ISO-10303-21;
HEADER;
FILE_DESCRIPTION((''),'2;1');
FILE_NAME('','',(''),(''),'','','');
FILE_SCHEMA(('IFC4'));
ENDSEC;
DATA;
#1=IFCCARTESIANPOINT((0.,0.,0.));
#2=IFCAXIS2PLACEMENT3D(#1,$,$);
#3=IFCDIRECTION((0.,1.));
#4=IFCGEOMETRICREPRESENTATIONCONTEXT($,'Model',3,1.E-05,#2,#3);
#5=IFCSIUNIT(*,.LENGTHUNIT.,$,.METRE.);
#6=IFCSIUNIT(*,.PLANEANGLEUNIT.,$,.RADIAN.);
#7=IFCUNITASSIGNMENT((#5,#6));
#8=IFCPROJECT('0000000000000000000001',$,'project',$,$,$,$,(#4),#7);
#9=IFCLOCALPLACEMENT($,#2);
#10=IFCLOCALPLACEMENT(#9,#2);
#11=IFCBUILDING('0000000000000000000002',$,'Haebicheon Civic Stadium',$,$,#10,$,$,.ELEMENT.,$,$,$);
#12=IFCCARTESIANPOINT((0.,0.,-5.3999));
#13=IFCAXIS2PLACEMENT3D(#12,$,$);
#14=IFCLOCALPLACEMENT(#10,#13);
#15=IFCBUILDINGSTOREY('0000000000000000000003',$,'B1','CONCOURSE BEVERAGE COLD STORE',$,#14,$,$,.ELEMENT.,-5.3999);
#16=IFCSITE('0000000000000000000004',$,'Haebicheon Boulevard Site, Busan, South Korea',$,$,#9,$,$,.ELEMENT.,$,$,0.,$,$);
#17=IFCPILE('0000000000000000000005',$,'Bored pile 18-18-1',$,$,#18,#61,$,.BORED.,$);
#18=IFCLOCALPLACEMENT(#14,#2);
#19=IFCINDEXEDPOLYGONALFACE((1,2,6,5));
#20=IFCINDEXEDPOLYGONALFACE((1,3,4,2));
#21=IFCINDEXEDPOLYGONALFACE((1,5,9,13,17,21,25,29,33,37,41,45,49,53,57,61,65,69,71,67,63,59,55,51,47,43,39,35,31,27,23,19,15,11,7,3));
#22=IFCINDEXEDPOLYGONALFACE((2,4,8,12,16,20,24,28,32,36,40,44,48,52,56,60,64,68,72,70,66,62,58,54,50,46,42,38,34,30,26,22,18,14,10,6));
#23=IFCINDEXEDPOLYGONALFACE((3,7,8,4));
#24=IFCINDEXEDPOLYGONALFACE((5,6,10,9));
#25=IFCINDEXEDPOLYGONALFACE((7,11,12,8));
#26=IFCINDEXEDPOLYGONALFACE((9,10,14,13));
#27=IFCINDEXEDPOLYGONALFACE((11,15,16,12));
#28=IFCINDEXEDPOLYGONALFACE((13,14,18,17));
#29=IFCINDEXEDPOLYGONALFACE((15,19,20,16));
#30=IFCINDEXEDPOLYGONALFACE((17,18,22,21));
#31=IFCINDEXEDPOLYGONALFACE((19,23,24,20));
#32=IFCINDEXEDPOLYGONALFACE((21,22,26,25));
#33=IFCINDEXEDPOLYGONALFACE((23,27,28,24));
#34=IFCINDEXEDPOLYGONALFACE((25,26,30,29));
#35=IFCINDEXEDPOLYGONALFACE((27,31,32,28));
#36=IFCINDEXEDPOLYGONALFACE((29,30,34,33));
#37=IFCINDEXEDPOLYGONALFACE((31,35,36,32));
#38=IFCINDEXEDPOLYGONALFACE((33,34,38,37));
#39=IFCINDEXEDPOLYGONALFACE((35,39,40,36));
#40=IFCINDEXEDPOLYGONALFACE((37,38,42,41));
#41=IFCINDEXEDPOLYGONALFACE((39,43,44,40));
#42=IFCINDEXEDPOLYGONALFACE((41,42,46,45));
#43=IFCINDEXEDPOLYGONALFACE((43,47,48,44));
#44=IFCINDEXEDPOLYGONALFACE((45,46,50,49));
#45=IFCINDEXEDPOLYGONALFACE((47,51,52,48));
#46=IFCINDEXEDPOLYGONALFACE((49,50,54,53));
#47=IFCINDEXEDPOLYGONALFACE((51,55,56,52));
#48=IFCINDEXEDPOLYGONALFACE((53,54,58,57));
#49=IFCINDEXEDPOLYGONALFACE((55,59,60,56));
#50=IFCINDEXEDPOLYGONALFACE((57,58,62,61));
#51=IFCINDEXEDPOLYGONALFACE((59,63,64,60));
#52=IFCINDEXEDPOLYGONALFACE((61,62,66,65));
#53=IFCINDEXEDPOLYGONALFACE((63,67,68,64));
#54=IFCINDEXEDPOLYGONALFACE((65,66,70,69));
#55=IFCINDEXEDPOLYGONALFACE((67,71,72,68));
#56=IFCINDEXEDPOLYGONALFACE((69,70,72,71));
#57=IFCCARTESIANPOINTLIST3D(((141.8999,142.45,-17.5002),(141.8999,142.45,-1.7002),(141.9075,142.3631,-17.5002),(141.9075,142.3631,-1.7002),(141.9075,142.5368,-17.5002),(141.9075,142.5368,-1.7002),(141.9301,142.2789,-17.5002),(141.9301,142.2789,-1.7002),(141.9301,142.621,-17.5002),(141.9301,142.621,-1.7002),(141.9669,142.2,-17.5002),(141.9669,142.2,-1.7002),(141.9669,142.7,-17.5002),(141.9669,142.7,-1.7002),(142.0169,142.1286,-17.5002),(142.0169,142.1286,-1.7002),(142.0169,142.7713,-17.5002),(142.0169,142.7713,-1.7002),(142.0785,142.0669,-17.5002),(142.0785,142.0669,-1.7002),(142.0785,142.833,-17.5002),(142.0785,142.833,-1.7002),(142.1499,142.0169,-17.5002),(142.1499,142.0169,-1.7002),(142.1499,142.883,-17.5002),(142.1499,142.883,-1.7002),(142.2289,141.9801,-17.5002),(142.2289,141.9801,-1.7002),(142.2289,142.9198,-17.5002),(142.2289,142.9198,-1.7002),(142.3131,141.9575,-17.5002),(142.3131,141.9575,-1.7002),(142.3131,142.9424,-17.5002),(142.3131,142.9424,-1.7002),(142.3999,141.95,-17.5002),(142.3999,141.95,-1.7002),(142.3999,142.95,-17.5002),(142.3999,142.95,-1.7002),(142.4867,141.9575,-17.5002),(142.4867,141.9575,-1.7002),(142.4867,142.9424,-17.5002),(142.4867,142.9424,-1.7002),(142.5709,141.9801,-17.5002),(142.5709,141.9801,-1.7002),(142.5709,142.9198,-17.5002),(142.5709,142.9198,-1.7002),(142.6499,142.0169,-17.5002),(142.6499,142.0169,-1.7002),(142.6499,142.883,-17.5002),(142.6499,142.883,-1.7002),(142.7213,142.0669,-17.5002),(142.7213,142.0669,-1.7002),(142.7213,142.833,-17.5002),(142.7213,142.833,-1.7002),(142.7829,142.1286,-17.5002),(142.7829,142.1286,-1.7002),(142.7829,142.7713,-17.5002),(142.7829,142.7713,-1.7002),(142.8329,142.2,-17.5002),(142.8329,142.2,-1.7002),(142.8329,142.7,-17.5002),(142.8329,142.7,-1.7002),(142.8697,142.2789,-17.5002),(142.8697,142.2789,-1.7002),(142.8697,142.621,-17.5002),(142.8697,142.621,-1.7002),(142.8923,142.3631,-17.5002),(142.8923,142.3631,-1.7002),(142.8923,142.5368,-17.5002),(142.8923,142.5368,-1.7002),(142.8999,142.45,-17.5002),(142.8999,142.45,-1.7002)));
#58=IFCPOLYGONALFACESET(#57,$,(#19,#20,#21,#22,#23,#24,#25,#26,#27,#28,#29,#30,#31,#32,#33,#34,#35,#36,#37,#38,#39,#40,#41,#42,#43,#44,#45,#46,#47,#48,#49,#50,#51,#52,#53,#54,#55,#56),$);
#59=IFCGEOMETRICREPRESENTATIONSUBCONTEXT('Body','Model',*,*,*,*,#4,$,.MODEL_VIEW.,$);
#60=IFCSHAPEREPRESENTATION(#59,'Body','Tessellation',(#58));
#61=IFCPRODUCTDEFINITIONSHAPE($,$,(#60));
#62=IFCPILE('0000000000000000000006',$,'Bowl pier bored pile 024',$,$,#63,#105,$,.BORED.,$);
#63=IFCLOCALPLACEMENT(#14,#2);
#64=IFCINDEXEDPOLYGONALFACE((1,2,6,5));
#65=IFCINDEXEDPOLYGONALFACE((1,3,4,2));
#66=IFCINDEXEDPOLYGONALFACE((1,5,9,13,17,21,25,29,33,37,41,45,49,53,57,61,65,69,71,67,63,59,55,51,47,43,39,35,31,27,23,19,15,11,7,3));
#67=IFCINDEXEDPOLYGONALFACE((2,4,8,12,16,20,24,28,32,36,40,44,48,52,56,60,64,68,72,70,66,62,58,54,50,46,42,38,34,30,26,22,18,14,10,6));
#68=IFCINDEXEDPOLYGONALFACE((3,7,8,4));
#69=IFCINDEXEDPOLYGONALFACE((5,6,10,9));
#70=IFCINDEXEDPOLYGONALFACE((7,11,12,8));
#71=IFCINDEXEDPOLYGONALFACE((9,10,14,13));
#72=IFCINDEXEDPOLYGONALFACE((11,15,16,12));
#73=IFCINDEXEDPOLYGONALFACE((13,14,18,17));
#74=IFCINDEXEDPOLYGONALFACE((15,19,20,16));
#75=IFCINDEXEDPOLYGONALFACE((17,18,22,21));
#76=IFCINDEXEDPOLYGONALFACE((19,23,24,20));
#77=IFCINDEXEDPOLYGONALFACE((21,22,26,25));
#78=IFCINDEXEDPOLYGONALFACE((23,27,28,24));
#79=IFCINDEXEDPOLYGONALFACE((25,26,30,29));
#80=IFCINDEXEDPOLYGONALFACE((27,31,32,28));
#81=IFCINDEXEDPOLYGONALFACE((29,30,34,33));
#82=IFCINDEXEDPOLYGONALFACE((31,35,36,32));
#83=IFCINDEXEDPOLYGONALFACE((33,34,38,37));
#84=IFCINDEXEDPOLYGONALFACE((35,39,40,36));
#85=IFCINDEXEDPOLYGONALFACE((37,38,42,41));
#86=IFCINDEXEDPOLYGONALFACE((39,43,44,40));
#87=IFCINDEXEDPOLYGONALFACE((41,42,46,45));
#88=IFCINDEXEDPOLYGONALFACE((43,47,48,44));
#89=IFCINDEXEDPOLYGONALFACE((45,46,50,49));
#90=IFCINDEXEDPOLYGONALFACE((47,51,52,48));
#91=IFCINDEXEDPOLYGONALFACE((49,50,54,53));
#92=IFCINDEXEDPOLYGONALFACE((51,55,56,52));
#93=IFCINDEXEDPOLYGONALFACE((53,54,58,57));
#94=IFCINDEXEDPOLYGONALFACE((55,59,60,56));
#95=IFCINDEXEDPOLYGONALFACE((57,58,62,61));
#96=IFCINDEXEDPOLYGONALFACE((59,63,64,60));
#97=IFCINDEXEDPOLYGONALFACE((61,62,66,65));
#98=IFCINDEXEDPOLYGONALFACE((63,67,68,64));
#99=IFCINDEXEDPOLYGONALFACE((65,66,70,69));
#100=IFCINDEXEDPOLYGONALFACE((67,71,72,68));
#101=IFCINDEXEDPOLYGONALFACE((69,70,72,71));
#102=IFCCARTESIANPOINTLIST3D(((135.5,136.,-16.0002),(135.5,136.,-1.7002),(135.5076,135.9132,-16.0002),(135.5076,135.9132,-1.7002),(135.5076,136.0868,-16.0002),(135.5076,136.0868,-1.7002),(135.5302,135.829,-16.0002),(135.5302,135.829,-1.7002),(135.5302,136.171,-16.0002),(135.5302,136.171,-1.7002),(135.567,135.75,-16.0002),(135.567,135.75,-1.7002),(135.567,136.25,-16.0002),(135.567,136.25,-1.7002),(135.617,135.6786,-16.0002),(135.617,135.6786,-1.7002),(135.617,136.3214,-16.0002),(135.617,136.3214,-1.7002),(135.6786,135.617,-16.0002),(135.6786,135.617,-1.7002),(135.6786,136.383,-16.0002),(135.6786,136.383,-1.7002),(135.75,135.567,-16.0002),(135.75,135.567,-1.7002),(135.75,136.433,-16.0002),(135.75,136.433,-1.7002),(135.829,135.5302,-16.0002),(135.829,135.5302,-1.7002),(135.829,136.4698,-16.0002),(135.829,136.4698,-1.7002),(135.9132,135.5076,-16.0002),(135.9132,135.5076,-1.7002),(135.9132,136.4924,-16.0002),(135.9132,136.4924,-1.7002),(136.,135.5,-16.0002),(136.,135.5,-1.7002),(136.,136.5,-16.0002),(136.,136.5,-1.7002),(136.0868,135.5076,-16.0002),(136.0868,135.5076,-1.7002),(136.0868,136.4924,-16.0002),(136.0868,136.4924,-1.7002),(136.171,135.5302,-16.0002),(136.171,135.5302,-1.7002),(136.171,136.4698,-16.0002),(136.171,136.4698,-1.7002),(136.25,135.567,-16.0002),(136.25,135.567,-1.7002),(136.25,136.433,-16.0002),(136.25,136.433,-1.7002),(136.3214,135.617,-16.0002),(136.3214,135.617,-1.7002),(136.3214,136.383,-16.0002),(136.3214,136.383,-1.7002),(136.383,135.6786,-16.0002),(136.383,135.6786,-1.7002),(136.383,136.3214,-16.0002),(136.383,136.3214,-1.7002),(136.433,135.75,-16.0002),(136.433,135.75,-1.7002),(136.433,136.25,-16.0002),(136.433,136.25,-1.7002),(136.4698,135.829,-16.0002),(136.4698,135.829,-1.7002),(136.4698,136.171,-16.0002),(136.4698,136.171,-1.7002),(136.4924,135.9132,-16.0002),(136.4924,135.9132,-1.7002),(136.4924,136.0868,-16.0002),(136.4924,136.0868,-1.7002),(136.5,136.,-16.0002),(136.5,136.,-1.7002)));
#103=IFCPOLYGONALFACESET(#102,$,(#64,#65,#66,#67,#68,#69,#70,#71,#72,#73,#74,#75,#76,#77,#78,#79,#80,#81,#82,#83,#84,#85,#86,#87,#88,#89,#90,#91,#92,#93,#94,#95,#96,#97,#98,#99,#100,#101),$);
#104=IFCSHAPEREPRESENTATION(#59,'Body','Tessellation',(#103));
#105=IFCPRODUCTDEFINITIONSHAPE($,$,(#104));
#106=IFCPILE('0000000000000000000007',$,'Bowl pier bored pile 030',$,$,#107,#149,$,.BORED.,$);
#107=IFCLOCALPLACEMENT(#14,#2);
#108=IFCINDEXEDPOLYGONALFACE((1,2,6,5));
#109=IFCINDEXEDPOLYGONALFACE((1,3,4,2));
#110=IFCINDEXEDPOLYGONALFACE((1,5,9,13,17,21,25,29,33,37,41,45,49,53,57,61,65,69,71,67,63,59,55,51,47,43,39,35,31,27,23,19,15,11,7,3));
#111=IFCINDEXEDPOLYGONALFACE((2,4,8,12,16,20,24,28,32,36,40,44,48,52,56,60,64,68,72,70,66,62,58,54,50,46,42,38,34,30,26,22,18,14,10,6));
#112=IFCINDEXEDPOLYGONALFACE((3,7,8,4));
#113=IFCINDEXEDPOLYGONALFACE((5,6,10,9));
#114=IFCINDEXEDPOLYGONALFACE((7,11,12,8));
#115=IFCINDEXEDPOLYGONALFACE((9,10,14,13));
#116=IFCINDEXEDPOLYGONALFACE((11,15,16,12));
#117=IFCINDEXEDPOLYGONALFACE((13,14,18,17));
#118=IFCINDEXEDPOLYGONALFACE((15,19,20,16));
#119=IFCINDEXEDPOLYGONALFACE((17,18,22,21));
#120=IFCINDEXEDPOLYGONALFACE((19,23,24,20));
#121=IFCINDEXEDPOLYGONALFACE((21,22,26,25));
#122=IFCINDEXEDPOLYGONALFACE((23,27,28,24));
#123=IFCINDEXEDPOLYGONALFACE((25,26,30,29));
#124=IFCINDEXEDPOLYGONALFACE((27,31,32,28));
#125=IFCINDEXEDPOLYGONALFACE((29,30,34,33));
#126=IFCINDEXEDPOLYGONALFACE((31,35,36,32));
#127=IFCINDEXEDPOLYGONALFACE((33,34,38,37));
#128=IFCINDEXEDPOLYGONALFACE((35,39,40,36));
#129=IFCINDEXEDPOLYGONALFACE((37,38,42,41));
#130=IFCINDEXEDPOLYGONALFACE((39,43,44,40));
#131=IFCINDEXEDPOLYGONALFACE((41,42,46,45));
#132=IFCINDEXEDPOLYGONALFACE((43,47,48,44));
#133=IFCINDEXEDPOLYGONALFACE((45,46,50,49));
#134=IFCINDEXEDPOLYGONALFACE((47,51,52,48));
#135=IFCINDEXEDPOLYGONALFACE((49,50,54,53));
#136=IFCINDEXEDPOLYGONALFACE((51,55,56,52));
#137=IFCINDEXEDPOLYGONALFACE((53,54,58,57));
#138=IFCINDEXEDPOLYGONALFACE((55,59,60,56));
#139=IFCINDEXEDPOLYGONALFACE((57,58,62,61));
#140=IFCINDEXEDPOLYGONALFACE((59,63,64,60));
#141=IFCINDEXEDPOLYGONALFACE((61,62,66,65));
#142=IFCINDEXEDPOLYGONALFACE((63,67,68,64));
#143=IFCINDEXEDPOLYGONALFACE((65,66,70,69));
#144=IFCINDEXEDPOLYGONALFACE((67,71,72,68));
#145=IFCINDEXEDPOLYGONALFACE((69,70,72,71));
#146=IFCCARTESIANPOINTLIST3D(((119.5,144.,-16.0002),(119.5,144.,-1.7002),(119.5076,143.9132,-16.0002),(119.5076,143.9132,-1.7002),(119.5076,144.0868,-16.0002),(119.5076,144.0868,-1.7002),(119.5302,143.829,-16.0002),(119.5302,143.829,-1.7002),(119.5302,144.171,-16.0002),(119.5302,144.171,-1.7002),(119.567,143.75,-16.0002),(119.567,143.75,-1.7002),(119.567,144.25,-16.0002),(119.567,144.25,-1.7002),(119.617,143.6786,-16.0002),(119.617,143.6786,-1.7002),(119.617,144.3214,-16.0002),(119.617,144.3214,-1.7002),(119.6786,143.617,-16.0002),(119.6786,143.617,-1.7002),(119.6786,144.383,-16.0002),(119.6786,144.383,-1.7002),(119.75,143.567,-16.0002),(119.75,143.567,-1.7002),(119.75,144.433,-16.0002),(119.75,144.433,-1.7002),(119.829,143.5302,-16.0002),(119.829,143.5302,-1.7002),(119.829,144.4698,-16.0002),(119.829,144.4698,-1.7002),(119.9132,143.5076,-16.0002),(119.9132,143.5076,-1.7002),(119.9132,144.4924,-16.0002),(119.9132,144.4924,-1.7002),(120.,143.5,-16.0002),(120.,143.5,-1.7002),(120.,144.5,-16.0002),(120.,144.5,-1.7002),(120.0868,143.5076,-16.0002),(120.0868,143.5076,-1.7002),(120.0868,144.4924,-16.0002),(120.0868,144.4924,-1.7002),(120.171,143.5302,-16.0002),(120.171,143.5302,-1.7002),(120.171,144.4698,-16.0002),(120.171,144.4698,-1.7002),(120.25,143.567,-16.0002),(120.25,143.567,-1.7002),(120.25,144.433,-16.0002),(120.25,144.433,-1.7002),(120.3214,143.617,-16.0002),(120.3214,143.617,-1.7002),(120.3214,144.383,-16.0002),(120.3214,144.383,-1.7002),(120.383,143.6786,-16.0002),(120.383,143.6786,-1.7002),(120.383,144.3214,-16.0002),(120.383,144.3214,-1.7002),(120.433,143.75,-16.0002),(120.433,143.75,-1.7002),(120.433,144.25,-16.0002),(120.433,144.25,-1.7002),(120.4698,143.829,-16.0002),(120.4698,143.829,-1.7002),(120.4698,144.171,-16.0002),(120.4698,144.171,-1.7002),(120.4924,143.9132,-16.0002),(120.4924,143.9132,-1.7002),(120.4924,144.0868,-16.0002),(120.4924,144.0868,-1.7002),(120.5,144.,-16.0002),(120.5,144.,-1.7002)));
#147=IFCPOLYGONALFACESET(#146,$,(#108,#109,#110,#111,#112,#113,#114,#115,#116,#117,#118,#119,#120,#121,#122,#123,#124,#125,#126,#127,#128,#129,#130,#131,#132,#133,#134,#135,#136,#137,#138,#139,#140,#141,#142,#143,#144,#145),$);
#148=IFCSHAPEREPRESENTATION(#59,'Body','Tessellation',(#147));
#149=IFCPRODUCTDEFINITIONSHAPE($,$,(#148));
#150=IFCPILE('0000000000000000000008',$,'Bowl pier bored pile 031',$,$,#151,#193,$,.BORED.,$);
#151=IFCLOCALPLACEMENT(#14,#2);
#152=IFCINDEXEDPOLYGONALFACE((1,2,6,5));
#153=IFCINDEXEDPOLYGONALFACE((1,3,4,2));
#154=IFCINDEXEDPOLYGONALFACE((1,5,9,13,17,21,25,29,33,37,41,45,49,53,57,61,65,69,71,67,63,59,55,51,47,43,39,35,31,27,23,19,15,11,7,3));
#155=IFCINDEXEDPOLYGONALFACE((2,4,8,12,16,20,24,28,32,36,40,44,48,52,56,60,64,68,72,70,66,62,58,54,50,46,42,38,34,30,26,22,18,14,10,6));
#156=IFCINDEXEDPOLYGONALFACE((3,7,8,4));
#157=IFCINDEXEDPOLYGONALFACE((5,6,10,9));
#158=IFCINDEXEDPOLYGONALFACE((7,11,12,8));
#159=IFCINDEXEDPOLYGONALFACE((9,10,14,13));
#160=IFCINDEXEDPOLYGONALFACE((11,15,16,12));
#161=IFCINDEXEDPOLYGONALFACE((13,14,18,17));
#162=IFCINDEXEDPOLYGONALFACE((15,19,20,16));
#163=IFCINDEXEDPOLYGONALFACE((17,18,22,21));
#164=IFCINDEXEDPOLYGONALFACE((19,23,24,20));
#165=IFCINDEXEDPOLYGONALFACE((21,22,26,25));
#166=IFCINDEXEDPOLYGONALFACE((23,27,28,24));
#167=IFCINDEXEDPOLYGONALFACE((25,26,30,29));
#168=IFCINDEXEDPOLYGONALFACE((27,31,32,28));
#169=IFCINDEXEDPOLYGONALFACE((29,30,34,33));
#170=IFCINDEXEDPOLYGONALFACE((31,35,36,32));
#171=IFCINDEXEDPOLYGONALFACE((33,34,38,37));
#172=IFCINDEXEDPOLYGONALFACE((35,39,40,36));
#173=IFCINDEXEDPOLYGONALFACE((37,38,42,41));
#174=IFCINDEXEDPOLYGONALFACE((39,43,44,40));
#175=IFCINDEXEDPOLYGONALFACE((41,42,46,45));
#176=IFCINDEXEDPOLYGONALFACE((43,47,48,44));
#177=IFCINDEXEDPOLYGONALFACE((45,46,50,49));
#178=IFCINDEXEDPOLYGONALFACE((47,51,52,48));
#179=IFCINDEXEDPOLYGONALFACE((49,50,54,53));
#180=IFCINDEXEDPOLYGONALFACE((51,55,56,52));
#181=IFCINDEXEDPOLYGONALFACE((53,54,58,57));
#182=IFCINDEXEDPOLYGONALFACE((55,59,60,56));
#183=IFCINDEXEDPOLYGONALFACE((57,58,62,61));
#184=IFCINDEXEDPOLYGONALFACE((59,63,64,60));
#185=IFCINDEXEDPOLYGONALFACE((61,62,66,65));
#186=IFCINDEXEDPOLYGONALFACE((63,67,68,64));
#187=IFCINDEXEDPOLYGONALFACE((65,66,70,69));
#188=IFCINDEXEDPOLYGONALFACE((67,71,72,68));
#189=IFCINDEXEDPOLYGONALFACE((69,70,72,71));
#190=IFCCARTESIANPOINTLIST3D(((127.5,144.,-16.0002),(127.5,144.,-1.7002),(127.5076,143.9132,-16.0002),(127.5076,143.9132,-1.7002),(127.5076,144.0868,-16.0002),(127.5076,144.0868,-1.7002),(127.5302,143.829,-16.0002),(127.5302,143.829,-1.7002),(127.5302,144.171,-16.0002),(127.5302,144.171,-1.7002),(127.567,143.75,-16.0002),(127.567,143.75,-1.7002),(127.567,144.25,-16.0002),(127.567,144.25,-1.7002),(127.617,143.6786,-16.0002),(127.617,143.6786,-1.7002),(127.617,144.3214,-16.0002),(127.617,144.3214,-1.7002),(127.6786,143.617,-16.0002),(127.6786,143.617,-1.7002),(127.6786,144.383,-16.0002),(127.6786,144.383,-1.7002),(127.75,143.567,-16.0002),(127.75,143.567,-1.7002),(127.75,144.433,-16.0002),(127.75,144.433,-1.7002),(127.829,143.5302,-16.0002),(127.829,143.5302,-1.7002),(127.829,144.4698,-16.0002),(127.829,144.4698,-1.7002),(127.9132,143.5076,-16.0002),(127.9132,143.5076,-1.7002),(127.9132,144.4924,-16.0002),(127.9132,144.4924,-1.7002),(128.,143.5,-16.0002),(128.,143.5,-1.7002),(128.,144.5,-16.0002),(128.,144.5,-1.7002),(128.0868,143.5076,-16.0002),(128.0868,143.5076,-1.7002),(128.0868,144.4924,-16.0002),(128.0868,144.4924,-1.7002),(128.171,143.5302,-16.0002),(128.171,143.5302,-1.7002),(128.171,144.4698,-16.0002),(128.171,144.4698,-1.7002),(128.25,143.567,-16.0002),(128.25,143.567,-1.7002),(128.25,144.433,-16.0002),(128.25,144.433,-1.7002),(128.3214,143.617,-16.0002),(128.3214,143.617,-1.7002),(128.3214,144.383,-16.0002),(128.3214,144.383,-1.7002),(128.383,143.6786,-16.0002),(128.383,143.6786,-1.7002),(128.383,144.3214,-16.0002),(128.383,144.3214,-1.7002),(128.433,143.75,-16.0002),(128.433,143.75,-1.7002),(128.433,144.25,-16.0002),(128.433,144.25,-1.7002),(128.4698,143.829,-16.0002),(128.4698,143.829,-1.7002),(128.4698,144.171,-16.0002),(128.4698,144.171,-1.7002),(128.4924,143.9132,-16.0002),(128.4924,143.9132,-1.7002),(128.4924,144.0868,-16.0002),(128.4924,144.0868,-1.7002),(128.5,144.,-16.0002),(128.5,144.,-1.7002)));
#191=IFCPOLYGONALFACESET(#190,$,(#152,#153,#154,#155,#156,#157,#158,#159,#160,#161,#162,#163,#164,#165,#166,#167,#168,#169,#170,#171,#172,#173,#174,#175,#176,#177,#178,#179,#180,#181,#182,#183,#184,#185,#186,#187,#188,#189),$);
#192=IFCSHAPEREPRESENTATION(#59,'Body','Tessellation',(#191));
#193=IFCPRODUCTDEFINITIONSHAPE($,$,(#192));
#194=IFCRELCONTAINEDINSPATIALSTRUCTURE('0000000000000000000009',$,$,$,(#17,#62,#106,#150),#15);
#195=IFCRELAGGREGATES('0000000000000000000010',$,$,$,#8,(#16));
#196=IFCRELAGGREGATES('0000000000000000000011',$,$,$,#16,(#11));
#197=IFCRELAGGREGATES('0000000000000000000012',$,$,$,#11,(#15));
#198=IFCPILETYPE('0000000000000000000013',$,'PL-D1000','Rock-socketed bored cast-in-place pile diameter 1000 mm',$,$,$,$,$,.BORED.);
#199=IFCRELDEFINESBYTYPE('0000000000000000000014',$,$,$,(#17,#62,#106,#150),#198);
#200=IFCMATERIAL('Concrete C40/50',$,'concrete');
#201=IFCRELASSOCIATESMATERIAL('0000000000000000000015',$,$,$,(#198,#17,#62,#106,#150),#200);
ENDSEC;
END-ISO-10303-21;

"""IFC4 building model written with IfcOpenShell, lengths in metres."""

from ifc_helpers import new_model, si_unit, direction, frame, origin, origin_2d, place, context, subcontext, project, spatial, circle, extrude, material, material_profile, profile_set, type_object, element, save


model = new_model("IFC4")

# Units and contexts
model_context = context("Model", 3, precision=1e-05, world=origin(), true_north=direction((0.0, 1.0)))
body_context = subcontext(model_context, "Body", "Model", "MODEL_VIEW")
ifc_project = project(units=[si_unit("LENGTHUNIT", "METRE"), si_unit("PLANEANGLEUNIT", "RADIAN")], contexts=[model_context])

# Site, building, storey
site_placement = place(None, origin())
site = spatial("IfcSite", under=ifc_project, at=site_placement, Name="Haebicheon Boulevard Site, Busan, South Korea", CompositionType="ELEMENT", RefElevation=0.0)
building_placement = place(site_placement, origin())
building = spatial("IfcBuilding", under=site, at=building_placement, Name="Haebicheon Civic Stadium", CompositionType="ELEMENT")
storey_placement = place(building_placement, frame((0.0, 0.0, -5.3999)))
storey = spatial("IfcBuildingStorey", under=building, at=storey_placement, Name="B1", Description="CONCOURSE BEVERAGE COLD STORE", CompositionType="ELEMENT", Elevation=-5.3999)

# Piles
ifc_material_1 = material(Name="Concrete C40/50", Category="concrete")
ifc_material_profile_1 = material_profile(ifc_material_1, circle(Radius=0.5, at=origin_2d()), Name="PILE-D1000")
ifc_profile_set_1 = profile_set([ifc_material_profile_1], Name="Concrete C40/50")
pile_type_1 = type_object("IfcPileType", Name="PL-D1000", Description="Rock-socketed bored cast-in-place pile diameter 1000 mm", PredefinedType="BORED", material=ifc_profile_set_1)
for number, where, z_axis, x_axis, name in (
    (1, (142.3999, 142.45, -1.7002), (0.0, 0.0, -1.0), (1.0, 0.0, 0.0), "Bored pile 18-18-1"),
):
    element("IfcPile", number, at=place(storey_placement, frame(where, z_axis=z_axis, x_axis=x_axis)), inside=storey, type_object=pile_type_1, material=ifc_profile_set_1, Name=name, PredefinedType="BORED", context=body_context, shape_type="SweptSolid", body=[
        extrude(circle(Radius=0.5, at=origin_2d()), origin(), (0.0, 0.0, 1.0), 15.8),
    ])
for number, where, z_axis, x_axis, name in (
    (2, (136.0, 136.0, -1.7002), (0.0, 0.0, -1.0), (1.0, 0.0, 0.0), "Bowl pier bored pile 024"),
    (3, (120.0, 144.0, -1.7002), (0.0, 0.0, -1.0), (1.0, 0.0, 0.0), "Bowl pier bored pile 030"),
    (4, (128.0, 144.0, -1.7002), (0.0, 0.0, -1.0), (1.0, 0.0, 0.0), "Bowl pier bored pile 031"),
):
    element("IfcPile", number, at=place(storey_placement, frame(where, z_axis=z_axis, x_axis=x_axis)), inside=storey, type_object=pile_type_1, material=ifc_profile_set_1, Name=name, PredefinedType="BORED", context=body_context, shape_type="SweptSolid", body=[
        extrude(circle(Radius=0.5, at=origin_2d()), origin(), (0.0, 0.0, 1.0), 14.3),
    ])

save(model, "model.ifc")
